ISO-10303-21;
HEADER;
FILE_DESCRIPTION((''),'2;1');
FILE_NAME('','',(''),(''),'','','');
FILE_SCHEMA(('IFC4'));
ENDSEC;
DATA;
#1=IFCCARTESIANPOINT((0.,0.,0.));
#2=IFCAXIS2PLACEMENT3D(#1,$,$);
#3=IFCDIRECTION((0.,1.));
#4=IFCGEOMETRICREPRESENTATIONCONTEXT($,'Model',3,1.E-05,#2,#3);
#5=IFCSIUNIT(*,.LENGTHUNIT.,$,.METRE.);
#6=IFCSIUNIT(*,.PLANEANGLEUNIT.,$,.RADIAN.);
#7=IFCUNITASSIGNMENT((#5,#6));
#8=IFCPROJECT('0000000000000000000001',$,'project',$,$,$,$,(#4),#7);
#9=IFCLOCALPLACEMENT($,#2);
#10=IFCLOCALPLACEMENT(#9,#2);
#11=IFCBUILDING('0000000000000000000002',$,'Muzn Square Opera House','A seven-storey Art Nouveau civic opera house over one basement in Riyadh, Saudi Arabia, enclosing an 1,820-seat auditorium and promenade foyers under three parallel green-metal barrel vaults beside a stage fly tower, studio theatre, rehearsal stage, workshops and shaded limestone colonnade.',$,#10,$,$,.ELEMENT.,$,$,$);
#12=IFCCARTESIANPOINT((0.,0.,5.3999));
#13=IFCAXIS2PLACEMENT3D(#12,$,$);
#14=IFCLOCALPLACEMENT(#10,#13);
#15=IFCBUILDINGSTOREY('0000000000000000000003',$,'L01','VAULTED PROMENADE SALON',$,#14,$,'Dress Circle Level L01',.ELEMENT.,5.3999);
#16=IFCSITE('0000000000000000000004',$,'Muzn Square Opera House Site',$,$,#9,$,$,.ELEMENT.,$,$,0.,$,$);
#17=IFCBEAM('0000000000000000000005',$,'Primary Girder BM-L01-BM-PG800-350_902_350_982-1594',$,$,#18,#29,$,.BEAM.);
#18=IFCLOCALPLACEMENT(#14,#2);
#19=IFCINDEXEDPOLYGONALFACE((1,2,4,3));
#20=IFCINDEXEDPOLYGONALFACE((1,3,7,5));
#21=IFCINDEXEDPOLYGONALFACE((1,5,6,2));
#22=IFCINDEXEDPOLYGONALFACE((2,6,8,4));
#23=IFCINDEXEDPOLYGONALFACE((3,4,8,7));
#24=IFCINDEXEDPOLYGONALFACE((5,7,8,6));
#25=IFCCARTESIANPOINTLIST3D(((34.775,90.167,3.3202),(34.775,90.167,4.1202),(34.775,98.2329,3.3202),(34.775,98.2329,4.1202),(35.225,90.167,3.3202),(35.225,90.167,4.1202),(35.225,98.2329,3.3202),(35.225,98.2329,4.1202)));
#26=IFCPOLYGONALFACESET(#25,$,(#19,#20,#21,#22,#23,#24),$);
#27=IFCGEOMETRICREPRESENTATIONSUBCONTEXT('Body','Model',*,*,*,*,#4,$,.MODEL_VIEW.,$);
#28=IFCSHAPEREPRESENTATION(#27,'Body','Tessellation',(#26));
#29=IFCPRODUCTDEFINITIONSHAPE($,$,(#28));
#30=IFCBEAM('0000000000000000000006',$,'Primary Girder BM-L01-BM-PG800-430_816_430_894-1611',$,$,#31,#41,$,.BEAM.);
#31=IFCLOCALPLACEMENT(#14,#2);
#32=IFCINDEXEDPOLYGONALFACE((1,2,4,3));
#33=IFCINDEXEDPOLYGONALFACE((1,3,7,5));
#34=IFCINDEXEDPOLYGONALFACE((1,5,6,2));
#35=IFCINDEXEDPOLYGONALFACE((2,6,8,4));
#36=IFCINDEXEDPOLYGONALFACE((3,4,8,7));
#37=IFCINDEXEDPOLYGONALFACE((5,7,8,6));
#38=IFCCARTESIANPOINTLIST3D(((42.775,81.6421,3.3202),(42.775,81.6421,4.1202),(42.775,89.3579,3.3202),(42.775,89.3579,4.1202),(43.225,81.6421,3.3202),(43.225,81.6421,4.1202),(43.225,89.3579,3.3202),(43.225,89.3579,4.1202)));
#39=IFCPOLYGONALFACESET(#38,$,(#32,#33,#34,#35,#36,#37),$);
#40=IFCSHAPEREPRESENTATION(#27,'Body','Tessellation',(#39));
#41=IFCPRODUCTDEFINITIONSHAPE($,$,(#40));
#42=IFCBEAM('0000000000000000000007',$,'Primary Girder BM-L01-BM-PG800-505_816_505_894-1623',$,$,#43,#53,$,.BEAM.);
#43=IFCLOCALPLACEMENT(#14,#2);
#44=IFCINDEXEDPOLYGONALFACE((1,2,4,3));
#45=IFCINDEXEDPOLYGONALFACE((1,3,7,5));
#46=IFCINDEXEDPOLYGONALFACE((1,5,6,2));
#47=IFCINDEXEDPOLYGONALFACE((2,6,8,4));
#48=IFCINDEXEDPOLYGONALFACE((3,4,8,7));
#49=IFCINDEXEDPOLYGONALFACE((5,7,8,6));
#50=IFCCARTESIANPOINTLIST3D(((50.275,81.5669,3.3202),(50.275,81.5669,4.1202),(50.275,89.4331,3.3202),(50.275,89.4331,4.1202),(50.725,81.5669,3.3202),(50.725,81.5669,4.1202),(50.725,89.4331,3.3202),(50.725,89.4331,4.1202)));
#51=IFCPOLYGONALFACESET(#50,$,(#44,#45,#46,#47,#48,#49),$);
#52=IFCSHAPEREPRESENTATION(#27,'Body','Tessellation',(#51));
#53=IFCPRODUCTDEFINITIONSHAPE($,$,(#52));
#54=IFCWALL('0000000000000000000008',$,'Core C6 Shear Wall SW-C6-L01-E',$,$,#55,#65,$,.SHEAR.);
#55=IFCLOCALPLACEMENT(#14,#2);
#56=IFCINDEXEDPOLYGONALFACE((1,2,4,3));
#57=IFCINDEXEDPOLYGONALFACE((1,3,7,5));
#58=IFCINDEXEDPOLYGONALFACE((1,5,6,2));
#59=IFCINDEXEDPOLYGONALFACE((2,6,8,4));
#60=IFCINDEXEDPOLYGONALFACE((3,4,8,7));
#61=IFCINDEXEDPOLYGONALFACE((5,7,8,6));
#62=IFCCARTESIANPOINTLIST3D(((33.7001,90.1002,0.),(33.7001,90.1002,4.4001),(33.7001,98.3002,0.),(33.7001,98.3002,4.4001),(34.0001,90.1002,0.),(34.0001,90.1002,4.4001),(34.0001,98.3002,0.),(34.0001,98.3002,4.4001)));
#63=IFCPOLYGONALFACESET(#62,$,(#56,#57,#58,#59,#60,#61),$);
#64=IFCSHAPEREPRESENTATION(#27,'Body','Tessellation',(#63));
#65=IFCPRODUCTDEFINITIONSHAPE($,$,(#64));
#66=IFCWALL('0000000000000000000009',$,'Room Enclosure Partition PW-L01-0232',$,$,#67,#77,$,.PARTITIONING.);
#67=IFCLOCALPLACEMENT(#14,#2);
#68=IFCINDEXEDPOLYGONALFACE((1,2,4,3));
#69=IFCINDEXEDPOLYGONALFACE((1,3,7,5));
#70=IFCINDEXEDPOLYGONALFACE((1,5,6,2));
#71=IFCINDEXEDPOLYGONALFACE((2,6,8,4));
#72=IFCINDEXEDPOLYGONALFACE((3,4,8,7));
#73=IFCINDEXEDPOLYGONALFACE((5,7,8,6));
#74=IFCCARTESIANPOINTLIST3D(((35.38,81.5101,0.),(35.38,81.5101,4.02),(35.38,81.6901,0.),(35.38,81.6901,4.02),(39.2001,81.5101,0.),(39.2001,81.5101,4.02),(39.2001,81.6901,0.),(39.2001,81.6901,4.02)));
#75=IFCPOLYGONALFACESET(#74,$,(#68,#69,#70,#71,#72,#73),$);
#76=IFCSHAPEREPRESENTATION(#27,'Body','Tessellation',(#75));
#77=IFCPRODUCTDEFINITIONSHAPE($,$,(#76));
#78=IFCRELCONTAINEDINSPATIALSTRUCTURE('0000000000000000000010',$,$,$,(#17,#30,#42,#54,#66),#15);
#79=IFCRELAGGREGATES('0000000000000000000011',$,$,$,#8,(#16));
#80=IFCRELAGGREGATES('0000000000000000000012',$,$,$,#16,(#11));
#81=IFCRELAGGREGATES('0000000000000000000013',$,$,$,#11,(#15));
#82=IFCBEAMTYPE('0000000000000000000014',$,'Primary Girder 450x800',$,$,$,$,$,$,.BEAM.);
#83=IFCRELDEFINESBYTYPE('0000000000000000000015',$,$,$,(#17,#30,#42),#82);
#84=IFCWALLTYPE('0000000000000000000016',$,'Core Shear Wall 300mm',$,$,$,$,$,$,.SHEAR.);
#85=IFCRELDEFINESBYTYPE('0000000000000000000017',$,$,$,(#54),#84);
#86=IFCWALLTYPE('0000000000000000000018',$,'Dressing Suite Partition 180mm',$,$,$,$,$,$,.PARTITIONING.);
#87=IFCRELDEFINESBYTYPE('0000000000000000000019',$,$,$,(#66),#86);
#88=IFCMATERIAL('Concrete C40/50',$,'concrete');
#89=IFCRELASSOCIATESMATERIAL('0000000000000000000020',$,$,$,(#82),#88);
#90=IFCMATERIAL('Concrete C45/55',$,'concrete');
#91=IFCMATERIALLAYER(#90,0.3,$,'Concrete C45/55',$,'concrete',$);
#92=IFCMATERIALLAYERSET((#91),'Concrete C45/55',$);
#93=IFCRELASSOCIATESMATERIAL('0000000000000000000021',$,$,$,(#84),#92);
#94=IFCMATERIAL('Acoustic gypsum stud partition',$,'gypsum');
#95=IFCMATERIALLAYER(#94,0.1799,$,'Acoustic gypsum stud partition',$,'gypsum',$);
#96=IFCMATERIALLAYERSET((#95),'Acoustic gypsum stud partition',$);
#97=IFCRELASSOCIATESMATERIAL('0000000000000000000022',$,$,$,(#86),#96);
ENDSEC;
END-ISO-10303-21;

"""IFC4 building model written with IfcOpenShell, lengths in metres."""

from ifc_helpers import new_model, si_unit, direction, frame, frame_2d, origin, origin_2d, place, context, subcontext, project, spatial, rectangle, extrude, material, layer, layer_set, material_profile, profile_set, type_object, element, save


model = new_model("IFC4")

# Units and contexts
model_context = context("Model", 3, precision=1e-05, world=origin(), true_north=direction((0.0, 1.0)))
body_context = subcontext(model_context, "Body", "Model", "MODEL_VIEW")
ifc_project = project(units=[si_unit("LENGTHUNIT", "METRE"), si_unit("PLANEANGLEUNIT", "RADIAN")], contexts=[model_context])

# Site, building, storey
site_placement = place(None, origin())
site = spatial("IfcSite", under=ifc_project, at=site_placement, Name="Muzn Square Opera House Site", CompositionType="ELEMENT", RefElevation=0.0)
building_placement = place(site_placement, origin())
building = spatial("IfcBuilding", under=site, at=building_placement, Name="Muzn Square Opera House", Description="A seven-storey Art Nouveau civic opera house over one basement in Riyadh, Saudi Arabia, enclosing an 1,820-seat auditorium and promenade foyers under three parallel green-metal barrel vaults beside a stage fly tower, studio theatre, rehearsal stage, workshops and shaded limestone colonnade.", CompositionType="ELEMENT")
storey_placement = place(building_placement, frame((0.0, 0.0, 5.3999)))
storey = spatial("IfcBuildingStorey", under=building, at=storey_placement, Name="L01", Description="VAULTED PROMENADE SALON", LongName="Dress Circle Level L01", CompositionType="ELEMENT", Elevation=5.3999)

# Shared definitions
ifc_material_1 = material(Name="Concrete C45/55", Category="concrete")

# Beams
ifc_material_2 = material(Name="Concrete C40/50", Category="concrete")
ifc_material_profile_1 = material_profile(ifc_material_2, rectangle(XDim=0.45, YDim=0.8, at=origin_2d()), Name="RCB 450x800", Category="concrete")
ifc_profile_set_1 = profile_set([ifc_material_profile_1], Name="Concrete C40/50")
beam_type_1 = type_object("IfcBeamType", Name="Primary Girder 450x800", PredefinedType="BEAM", material=ifc_profile_set_1)
beam_1_placement = place(storey_placement, frame((35.0, 90.167, 3.7202), z_axis=(0.0, 1.0, 0.0), x_axis=(-1.0, 0.0, 0.0)))
element("IfcBeam", 1, at=beam_1_placement, inside=storey, type_object=beam_type_1, Name="Primary Girder BM-L01-BM-PG800-350_902_350_982-1594", PredefinedType="BEAM", context=body_context, shape_type="SweptSolid", body=[
    extrude(rectangle(XDim=0.45, YDim=0.8, at=origin_2d()), origin(), (0.0, 0.0, 1.0), 8.0659),
])
beam_2_placement = place(storey_placement, frame((43.0, 81.6421, 3.7202), z_axis=(0.0, 1.0, 0.0), x_axis=(-1.0, 0.0, 0.0)))
element("IfcBeam", 2, at=beam_2_placement, inside=storey, type_object=beam_type_1, Name="Primary Girder BM-L01-BM-PG800-430_816_430_894-1611", PredefinedType="BEAM", context=body_context, shape_type="SweptSolid", body=[
    extrude(rectangle(XDim=0.45, YDim=0.8, at=origin_2d()), origin(), (0.0, 0.0, 1.0), 7.7158),
])
beam_3_placement = place(storey_placement, frame((50.5, 81.5669, 3.7202), z_axis=(0.0, 1.0, 0.0), x_axis=(-1.0, 0.0, 0.0)))
element("IfcBeam", 3, at=beam_3_placement, inside=storey, type_object=beam_type_1, Name="Primary Girder BM-L01-BM-PG800-505_816_505_894-1623", PredefinedType="BEAM", context=body_context, shape_type="SweptSolid", body=[
    extrude(rectangle(XDim=0.45, YDim=0.8, at=origin_2d()), origin(), (0.0, 0.0, 1.0), 7.8662),
])

# Walls
ifc_layer_1 = layer(ifc_material_1, 0.3, Name="Concrete C45/55", Category="concrete")
ifc_layer_set_1 = layer_set([ifc_layer_1], Name="Concrete C45/55")
wall_type_1 = type_object("IfcWallType", Name="Core Shear Wall 300mm", PredefinedType="SHEAR", material=ifc_layer_set_1)
wall_1_placement = place(storey_placement, frame((33.8501, 90.1001, 0.0), z_axis=(0.0, 0.0, 1.0), x_axis=(0.0, 1.0, 0.0)))
element("IfcWall", 4, at=wall_1_placement, inside=storey, type_object=wall_type_1, Name="Core C6 Shear Wall SW-C6-L01-E", PredefinedType="SHEAR", context=body_context, shape_type="SweptSolid", body=[
    extrude(rectangle(XDim=8.2, YDim=0.3, at=frame_2d((4.1001, 0.0))), origin(), (0.0, 0.0, 1.0), 4.4001),
])
ifc_material_3 = material(Name="Acoustic gypsum stud partition", Category="gypsum")
ifc_layer_2 = layer(ifc_material_3, 0.1799, Name="Acoustic gypsum stud partition", Category="gypsum")
ifc_layer_set_2 = layer_set([ifc_layer_2], Name="Acoustic gypsum stud partition")
wall_type_2 = type_object("IfcWallType", Name="Dressing Suite Partition 180mm", PredefinedType="PARTITIONING", material=ifc_layer_set_2)
wall_2_placement = place(storey_placement, frame((35.3799, 81.6001, 0.0), z_axis=(0.0, 0.0, 1.0), x_axis=(1.0, 0.0, 0.0)))
element("IfcWall", 5, at=wall_2_placement, inside=storey, type_object=wall_type_2, Name="Room Enclosure Partition PW-L01-0232", PredefinedType="PARTITIONING", context=body_context, shape_type="SweptSolid", body=[
    extrude(rectangle(XDim=3.8201, YDim=0.1799, at=frame_2d((1.9102, 0.0))), origin(), (0.0, 0.0, 1.0), 4.02),
])

save(model, "model.ifc")
